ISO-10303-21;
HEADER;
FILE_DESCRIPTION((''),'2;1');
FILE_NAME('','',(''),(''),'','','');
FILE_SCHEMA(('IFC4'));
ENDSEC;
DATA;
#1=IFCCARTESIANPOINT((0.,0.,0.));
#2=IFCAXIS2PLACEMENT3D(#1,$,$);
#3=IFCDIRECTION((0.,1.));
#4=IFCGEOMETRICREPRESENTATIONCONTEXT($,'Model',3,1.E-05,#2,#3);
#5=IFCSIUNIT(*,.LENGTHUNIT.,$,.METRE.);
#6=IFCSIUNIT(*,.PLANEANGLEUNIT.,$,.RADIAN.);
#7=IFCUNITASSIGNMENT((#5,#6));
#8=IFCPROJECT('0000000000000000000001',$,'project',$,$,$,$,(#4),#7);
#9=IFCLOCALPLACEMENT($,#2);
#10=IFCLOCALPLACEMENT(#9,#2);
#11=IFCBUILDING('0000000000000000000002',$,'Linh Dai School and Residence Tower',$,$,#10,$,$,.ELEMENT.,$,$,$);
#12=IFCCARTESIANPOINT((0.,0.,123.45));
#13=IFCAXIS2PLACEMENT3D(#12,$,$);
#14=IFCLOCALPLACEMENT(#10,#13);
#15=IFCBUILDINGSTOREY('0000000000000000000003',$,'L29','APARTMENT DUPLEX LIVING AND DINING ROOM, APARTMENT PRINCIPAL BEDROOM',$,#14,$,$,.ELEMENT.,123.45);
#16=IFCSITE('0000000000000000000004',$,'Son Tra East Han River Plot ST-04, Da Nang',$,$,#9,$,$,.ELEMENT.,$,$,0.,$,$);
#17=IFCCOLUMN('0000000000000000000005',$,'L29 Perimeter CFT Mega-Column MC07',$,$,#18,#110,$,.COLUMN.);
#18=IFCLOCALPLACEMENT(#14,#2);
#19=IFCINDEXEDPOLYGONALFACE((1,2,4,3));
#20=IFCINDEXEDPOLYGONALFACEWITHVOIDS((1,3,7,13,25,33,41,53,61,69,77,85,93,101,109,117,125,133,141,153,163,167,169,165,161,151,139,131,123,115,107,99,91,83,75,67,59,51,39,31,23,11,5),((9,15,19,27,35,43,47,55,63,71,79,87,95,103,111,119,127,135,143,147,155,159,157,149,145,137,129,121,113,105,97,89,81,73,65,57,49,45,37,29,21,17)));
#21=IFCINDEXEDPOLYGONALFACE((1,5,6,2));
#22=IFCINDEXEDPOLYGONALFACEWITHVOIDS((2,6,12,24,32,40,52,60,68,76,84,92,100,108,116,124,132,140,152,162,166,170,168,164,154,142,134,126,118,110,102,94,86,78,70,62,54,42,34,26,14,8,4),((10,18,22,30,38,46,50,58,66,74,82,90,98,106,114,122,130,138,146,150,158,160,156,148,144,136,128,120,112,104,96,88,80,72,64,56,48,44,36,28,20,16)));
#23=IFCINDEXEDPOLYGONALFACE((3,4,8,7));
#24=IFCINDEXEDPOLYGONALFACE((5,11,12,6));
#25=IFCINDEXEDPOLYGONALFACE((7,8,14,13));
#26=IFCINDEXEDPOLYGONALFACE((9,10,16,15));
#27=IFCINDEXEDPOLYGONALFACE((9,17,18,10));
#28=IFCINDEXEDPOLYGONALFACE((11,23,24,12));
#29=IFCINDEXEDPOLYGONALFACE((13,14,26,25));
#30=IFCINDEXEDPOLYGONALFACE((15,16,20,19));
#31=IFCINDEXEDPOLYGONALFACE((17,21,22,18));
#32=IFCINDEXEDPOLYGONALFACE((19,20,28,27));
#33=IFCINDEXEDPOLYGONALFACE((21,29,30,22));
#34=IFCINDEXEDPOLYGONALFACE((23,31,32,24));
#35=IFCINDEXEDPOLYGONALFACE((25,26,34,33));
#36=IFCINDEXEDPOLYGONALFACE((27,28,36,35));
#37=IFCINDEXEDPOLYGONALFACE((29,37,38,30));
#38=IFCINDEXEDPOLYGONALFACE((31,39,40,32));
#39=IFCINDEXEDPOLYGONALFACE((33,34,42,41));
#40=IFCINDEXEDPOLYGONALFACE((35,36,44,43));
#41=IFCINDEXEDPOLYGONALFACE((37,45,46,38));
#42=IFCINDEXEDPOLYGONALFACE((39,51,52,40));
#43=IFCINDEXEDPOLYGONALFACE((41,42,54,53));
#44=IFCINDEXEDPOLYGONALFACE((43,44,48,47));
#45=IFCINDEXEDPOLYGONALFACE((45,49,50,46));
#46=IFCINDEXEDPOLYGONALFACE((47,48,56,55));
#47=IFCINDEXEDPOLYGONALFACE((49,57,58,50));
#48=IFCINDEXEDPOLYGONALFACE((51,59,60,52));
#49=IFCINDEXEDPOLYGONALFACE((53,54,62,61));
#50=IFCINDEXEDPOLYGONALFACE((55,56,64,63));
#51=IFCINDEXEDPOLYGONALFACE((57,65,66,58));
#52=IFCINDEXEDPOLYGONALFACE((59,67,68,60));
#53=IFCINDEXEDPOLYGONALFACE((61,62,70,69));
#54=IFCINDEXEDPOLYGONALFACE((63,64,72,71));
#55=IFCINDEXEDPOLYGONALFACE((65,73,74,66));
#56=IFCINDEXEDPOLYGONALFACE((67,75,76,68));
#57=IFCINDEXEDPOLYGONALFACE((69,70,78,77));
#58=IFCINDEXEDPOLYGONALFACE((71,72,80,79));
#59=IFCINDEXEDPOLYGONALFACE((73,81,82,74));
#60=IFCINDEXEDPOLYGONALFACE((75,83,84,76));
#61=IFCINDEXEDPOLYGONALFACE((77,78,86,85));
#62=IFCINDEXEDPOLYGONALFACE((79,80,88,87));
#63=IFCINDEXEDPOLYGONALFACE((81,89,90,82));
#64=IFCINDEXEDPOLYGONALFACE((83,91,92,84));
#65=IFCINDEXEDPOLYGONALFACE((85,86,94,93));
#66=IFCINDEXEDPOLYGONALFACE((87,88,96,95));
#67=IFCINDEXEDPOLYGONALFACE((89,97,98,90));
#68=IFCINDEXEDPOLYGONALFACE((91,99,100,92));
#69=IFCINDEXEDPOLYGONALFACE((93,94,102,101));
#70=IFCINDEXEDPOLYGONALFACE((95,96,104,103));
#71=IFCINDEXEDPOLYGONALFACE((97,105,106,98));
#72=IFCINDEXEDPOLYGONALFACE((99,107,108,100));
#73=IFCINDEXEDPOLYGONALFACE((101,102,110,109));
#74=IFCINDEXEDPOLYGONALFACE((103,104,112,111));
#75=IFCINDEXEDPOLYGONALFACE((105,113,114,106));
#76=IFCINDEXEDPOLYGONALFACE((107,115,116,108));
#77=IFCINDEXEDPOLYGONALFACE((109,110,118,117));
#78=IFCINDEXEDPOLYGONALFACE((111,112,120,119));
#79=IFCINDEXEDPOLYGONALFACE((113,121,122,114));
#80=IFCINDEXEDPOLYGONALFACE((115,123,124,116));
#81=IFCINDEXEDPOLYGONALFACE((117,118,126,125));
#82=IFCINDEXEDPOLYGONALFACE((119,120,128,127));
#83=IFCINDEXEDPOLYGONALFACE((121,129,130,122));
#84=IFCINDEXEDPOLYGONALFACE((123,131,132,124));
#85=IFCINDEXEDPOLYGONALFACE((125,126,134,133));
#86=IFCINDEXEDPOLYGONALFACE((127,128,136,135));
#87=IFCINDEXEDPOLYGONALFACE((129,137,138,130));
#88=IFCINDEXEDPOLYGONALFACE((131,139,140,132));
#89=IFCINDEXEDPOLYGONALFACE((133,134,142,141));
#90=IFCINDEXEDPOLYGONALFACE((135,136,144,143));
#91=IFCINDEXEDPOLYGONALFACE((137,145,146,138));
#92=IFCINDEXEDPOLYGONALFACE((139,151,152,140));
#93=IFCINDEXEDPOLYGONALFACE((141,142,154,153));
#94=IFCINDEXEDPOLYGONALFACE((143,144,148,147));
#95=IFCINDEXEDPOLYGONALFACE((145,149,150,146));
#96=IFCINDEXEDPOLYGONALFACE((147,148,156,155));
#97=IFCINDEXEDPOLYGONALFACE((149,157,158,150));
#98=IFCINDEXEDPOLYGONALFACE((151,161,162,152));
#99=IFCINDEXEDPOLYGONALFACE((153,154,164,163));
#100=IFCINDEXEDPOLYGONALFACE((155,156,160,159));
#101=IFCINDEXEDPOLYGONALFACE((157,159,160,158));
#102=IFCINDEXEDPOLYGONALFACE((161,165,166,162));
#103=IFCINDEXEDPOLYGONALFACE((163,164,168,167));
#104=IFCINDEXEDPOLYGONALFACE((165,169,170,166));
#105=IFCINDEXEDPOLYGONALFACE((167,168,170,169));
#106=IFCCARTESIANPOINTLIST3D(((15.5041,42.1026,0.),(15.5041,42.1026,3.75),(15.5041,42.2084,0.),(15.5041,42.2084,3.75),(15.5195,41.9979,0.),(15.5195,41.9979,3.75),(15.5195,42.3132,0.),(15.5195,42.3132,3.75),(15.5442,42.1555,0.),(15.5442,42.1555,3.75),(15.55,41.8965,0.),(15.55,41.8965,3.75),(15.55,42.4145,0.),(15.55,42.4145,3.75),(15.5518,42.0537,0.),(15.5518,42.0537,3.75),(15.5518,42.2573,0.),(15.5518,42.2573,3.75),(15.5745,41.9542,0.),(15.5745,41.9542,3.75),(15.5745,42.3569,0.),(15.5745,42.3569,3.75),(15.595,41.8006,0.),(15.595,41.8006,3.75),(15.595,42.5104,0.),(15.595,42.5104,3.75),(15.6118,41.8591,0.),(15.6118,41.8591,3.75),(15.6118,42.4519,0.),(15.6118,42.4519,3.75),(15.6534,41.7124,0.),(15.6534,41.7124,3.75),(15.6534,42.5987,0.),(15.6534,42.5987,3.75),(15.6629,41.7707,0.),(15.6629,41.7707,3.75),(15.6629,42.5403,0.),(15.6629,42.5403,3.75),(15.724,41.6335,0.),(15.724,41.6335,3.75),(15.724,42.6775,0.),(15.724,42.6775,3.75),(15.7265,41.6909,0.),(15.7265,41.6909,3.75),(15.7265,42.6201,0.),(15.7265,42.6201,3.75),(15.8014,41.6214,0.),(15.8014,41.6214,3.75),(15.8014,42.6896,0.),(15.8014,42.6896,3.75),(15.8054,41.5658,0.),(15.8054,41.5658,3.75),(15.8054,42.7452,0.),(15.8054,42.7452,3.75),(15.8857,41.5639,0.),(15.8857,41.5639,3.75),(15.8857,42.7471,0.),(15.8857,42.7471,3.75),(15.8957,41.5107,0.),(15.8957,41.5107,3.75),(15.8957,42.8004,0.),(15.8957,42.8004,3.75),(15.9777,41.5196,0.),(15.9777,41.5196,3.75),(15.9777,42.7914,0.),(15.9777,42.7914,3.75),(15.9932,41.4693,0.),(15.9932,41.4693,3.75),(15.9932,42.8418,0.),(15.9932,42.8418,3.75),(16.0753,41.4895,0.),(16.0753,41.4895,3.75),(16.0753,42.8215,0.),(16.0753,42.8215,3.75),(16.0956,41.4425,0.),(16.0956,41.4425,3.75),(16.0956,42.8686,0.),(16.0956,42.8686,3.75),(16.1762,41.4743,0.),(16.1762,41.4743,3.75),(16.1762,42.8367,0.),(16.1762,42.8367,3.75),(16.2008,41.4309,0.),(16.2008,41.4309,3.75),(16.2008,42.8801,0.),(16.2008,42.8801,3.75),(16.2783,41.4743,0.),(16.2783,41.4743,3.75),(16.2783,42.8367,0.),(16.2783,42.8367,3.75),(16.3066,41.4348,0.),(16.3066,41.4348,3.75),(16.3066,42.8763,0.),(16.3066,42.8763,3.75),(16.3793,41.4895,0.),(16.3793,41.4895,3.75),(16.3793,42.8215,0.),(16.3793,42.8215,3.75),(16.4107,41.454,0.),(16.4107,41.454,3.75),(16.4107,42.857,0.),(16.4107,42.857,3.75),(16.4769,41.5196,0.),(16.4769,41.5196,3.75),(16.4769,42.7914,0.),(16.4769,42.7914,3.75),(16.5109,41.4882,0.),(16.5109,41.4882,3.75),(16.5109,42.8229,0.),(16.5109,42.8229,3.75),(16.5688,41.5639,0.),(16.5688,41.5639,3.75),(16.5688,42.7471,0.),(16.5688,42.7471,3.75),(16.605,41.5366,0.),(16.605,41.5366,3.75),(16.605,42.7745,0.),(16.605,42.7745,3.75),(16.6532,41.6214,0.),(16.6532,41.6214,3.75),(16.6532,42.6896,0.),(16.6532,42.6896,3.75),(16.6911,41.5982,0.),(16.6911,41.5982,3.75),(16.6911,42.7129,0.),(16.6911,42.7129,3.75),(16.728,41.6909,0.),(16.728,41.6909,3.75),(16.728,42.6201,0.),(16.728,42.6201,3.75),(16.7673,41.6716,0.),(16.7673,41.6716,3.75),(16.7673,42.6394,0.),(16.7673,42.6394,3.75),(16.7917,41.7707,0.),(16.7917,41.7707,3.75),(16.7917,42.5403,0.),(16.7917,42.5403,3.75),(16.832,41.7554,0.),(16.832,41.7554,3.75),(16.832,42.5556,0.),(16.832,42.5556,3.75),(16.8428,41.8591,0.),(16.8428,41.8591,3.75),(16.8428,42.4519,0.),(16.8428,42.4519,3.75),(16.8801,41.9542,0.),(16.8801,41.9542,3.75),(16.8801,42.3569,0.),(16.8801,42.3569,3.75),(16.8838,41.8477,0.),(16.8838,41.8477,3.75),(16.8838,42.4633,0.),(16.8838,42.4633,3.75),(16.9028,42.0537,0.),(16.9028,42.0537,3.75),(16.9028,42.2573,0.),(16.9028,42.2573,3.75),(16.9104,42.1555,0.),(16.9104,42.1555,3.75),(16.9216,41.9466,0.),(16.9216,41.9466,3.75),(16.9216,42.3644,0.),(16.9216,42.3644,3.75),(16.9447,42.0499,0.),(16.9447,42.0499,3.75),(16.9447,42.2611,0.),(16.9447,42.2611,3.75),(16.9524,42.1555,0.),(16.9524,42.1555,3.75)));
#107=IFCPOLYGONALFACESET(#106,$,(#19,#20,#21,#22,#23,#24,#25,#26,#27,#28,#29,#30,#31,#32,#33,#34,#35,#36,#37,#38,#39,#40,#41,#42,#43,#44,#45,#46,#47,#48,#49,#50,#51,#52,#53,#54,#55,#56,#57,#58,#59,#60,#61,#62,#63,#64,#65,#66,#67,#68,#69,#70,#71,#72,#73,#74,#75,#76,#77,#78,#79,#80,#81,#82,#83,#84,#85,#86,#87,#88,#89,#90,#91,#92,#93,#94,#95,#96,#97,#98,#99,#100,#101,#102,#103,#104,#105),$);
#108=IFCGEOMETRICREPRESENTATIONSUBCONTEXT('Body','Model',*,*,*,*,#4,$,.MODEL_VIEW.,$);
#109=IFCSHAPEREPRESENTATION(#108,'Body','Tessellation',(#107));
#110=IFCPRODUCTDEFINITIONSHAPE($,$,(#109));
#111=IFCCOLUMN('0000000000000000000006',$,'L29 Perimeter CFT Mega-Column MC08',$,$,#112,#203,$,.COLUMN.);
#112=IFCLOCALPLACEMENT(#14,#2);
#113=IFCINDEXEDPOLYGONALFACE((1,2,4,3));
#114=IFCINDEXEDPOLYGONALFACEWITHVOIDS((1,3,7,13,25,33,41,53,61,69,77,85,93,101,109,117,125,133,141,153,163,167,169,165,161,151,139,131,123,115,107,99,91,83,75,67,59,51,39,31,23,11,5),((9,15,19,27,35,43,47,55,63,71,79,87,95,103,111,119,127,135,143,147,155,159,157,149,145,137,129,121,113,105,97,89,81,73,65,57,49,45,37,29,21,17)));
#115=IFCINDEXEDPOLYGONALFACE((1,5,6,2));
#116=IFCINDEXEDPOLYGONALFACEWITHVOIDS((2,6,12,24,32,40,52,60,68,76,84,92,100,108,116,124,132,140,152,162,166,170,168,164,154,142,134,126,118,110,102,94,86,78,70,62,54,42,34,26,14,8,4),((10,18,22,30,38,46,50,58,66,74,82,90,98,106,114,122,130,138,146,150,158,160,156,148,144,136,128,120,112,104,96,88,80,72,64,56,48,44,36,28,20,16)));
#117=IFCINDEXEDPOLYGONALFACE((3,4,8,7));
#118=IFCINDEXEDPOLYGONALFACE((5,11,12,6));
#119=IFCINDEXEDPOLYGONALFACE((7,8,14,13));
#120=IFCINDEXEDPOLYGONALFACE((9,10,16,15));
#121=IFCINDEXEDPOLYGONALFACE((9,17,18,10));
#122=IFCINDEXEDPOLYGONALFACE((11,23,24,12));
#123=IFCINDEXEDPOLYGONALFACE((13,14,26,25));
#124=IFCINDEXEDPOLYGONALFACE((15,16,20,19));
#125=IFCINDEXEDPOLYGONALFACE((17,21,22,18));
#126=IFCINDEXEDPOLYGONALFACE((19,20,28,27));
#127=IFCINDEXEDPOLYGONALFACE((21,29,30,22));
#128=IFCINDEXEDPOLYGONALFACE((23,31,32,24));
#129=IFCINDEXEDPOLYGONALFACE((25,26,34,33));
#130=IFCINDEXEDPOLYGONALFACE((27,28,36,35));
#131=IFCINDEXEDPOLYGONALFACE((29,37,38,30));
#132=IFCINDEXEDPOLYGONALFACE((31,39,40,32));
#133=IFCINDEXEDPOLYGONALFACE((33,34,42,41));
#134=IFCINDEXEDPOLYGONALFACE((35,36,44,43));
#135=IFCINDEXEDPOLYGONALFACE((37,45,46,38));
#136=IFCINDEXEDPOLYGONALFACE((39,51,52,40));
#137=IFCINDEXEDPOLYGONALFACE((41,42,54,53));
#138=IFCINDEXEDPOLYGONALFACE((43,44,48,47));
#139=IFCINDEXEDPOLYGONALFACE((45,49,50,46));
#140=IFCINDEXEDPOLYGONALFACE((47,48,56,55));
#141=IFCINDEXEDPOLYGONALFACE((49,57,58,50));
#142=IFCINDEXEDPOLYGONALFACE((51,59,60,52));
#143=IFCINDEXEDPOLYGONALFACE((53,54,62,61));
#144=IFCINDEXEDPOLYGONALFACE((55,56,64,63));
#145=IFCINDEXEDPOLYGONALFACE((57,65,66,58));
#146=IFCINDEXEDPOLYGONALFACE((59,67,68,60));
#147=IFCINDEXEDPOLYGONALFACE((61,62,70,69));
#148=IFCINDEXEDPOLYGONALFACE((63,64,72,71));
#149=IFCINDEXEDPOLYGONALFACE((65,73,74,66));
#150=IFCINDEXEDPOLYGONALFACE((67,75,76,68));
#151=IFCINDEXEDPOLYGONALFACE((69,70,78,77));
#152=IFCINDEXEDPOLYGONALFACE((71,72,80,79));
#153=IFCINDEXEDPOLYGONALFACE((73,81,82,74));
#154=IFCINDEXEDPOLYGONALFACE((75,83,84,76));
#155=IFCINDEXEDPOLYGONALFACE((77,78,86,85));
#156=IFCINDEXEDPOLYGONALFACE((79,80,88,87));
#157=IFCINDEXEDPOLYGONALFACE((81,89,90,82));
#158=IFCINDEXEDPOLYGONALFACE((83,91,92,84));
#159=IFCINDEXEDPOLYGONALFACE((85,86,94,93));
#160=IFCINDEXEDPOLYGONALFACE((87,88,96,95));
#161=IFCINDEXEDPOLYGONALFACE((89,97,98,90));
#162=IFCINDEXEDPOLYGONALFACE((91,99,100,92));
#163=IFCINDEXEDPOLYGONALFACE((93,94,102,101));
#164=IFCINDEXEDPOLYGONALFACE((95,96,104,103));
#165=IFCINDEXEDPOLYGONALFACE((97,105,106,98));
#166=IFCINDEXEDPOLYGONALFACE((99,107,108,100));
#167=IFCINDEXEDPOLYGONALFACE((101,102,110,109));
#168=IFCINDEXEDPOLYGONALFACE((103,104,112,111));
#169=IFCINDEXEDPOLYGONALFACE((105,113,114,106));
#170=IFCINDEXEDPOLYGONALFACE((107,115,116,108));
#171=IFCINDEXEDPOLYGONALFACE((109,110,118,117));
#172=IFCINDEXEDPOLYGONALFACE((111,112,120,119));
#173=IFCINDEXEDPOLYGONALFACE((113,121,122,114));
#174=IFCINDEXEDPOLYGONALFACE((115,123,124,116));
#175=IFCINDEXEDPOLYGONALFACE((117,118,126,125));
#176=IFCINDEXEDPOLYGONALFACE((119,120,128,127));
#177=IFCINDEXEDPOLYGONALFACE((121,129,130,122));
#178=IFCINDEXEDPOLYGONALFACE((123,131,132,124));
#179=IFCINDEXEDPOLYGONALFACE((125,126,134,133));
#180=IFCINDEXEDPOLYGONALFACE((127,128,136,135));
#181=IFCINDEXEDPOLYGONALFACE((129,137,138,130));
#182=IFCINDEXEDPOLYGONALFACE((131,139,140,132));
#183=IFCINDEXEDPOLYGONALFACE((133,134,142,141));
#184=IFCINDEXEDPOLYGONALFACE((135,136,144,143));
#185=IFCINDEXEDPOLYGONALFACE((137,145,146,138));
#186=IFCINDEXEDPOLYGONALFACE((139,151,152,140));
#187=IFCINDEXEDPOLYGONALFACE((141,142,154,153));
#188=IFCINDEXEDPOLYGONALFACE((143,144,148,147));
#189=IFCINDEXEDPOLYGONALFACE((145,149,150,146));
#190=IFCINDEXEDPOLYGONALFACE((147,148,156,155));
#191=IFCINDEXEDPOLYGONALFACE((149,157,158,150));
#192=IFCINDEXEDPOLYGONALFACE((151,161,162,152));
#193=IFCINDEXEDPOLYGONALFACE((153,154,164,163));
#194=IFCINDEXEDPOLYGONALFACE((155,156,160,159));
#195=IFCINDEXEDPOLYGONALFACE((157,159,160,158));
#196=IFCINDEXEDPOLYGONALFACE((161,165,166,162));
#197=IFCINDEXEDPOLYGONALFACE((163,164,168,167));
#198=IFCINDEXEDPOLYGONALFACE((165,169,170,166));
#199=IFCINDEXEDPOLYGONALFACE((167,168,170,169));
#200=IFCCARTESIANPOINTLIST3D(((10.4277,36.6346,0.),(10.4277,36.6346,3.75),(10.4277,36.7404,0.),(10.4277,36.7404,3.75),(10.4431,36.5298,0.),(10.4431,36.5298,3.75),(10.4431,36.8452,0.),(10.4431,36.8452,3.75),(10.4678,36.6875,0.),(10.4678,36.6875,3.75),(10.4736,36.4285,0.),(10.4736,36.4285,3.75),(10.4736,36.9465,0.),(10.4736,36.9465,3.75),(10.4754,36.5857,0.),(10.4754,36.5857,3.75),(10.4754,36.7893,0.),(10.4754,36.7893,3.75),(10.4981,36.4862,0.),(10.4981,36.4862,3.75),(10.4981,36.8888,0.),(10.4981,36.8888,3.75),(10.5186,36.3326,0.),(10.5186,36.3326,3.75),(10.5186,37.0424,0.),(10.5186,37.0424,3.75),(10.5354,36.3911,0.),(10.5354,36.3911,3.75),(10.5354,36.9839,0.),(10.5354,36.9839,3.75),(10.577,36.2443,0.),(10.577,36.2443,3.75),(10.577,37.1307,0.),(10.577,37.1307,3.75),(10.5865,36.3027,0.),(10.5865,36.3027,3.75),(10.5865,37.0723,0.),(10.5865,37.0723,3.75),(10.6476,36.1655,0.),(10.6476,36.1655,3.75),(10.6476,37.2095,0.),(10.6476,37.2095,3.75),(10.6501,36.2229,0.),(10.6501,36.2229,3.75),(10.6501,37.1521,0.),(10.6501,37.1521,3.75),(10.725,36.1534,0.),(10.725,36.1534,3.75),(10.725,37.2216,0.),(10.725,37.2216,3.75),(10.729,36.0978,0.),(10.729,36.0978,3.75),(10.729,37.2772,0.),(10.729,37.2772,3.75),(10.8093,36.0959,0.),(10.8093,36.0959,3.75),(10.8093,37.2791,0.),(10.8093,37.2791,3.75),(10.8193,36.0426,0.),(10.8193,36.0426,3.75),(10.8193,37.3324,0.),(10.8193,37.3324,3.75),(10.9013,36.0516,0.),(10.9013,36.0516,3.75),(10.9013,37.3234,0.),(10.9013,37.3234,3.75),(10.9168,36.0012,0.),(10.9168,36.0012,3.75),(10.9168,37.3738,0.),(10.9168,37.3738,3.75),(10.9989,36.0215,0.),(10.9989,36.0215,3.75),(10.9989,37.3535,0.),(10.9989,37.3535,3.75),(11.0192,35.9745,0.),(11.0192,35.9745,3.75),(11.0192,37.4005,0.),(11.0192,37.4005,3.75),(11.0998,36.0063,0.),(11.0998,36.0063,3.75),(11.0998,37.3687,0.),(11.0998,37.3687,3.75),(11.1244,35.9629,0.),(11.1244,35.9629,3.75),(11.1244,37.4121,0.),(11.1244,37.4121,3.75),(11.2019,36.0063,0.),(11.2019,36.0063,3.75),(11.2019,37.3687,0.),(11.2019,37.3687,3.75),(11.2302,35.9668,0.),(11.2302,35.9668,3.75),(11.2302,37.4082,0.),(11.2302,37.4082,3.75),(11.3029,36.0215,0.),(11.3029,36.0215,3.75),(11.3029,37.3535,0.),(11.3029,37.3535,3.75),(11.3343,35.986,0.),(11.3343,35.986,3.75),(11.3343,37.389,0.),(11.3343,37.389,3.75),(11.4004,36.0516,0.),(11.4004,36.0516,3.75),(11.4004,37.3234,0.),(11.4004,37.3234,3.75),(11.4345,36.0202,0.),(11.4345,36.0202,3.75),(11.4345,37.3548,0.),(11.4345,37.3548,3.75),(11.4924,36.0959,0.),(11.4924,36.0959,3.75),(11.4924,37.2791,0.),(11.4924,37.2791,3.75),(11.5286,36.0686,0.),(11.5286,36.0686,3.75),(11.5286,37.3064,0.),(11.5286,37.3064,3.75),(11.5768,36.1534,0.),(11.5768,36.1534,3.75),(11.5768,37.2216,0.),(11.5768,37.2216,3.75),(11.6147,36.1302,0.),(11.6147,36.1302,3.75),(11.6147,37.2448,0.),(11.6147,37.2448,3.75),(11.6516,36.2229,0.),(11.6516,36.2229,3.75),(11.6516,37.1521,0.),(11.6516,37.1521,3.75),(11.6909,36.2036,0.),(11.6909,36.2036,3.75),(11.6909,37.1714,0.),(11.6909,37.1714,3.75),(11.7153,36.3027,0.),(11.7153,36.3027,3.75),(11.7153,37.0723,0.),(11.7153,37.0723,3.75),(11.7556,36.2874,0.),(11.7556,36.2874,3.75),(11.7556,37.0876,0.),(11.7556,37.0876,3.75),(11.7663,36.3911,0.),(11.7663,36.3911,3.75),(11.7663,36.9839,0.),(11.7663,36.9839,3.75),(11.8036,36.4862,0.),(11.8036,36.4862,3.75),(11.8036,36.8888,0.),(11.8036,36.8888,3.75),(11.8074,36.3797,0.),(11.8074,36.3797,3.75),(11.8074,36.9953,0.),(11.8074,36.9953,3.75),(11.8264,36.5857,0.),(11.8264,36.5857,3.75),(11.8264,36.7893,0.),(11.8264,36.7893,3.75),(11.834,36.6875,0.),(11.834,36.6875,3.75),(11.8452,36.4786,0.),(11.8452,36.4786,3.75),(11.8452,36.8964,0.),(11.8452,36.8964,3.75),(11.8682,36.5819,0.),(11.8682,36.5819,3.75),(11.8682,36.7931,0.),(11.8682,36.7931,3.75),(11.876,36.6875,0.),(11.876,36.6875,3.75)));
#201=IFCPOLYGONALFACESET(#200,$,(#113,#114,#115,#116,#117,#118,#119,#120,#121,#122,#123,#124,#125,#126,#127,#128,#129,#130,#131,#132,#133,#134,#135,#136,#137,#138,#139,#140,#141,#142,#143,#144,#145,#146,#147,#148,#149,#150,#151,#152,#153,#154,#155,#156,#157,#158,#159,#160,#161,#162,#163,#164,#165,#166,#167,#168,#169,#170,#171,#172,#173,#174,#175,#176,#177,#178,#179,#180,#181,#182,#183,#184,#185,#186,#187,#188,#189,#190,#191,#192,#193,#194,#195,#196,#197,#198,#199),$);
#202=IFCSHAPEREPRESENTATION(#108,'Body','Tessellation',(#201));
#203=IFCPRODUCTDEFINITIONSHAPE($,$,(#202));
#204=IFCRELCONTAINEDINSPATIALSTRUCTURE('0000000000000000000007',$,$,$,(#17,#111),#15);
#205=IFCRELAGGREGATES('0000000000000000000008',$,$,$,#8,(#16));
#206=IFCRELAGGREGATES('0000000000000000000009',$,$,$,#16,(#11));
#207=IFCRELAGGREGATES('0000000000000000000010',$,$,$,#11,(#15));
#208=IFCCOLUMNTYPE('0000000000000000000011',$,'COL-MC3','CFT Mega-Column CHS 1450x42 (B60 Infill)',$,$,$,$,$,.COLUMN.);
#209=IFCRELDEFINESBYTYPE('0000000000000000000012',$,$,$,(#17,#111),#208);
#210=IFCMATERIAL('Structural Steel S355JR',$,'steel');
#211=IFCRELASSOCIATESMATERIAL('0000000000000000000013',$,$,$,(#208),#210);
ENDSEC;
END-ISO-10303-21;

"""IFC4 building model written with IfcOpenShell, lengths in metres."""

from ifc_helpers import new_model, si_unit, direction, frame, origin, origin_2d, place, context, subcontext, project, spatial, hollow_circle, extrude, material, material_profile, profile_set, type_object, element, save


model = new_model("IFC4")

# Units and contexts
model_context = context("Model", 3, precision=1e-05, world=origin(), true_north=direction((0.0, 1.0)))
body_context = subcontext(model_context, "Body", "Model", "MODEL_VIEW")
ifc_project = project(units=[si_unit("LENGTHUNIT", "METRE"), si_unit("PLANEANGLEUNIT", "RADIAN")], contexts=[model_context])

# Site, building, storey
site_placement = place(None, origin())
site = spatial("IfcSite", under=ifc_project, at=site_placement, Name="Son Tra East Han River Plot ST-04, Da Nang", CompositionType="ELEMENT", RefElevation=0.0)
building_placement = place(site_placement, origin())
building = spatial("IfcBuilding", under=site, at=building_placement, Name="Linh Dai School and Residence Tower", CompositionType="ELEMENT")
storey_placement = place(building_placement, frame((0.0, 0.0, 123.45)))
storey = spatial("IfcBuildingStorey", under=building, at=storey_placement, Name="L29", Description="APARTMENT DUPLEX LIVING AND DINING ROOM, APARTMENT PRINCIPAL BEDROOM", CompositionType="ELEMENT", Elevation=123.45)

# Columns
ifc_material_1 = material(Name="Structural Steel S355JR", Category="steel")
ifc_material_profile_1 = material_profile(ifc_material_1, hollow_circle(Radius=0.7251, WallThickness=0.042, at=origin_2d()), Name="CHS 1450x42")
ifc_profile_set_1 = profile_set([ifc_material_profile_1], Name="Structural Steel S355JR")
column_type = type_object("IfcColumnType", Name="COL-MC3", Description="CFT Mega-Column CHS 1450x42 (B60 Infill)", PredefinedType="COLUMN", material=ifc_profile_set_1)
for number, where, z_axis, x_axis, name in (
    (1, (16.2273, 42.1555, 0.0), (0.0, 0.0, 1.0), (1.0, 0.0, 0.0), "L29 Perimeter CFT Mega-Column MC07"),
    (2, (11.1509, 36.6875, 0.0), (0.0, 0.0, 1.0), (1.0, 0.0, 0.0), "L29 Perimeter CFT Mega-Column MC08"),
):
    element("IfcColumn", number, at=place(storey_placement, frame(where, z_axis=z_axis, x_axis=x_axis)), inside=storey, type_object=column_type, Name=name, PredefinedType="COLUMN", context=body_context, shape_type="SweptSolid", body=[
        extrude(hollow_circle(Radius=0.7251, WallThickness=0.042, at=origin_2d()), origin(), (0.0, 0.0, 1.0), 3.75),
    ])

save(model, "model.ifc")
